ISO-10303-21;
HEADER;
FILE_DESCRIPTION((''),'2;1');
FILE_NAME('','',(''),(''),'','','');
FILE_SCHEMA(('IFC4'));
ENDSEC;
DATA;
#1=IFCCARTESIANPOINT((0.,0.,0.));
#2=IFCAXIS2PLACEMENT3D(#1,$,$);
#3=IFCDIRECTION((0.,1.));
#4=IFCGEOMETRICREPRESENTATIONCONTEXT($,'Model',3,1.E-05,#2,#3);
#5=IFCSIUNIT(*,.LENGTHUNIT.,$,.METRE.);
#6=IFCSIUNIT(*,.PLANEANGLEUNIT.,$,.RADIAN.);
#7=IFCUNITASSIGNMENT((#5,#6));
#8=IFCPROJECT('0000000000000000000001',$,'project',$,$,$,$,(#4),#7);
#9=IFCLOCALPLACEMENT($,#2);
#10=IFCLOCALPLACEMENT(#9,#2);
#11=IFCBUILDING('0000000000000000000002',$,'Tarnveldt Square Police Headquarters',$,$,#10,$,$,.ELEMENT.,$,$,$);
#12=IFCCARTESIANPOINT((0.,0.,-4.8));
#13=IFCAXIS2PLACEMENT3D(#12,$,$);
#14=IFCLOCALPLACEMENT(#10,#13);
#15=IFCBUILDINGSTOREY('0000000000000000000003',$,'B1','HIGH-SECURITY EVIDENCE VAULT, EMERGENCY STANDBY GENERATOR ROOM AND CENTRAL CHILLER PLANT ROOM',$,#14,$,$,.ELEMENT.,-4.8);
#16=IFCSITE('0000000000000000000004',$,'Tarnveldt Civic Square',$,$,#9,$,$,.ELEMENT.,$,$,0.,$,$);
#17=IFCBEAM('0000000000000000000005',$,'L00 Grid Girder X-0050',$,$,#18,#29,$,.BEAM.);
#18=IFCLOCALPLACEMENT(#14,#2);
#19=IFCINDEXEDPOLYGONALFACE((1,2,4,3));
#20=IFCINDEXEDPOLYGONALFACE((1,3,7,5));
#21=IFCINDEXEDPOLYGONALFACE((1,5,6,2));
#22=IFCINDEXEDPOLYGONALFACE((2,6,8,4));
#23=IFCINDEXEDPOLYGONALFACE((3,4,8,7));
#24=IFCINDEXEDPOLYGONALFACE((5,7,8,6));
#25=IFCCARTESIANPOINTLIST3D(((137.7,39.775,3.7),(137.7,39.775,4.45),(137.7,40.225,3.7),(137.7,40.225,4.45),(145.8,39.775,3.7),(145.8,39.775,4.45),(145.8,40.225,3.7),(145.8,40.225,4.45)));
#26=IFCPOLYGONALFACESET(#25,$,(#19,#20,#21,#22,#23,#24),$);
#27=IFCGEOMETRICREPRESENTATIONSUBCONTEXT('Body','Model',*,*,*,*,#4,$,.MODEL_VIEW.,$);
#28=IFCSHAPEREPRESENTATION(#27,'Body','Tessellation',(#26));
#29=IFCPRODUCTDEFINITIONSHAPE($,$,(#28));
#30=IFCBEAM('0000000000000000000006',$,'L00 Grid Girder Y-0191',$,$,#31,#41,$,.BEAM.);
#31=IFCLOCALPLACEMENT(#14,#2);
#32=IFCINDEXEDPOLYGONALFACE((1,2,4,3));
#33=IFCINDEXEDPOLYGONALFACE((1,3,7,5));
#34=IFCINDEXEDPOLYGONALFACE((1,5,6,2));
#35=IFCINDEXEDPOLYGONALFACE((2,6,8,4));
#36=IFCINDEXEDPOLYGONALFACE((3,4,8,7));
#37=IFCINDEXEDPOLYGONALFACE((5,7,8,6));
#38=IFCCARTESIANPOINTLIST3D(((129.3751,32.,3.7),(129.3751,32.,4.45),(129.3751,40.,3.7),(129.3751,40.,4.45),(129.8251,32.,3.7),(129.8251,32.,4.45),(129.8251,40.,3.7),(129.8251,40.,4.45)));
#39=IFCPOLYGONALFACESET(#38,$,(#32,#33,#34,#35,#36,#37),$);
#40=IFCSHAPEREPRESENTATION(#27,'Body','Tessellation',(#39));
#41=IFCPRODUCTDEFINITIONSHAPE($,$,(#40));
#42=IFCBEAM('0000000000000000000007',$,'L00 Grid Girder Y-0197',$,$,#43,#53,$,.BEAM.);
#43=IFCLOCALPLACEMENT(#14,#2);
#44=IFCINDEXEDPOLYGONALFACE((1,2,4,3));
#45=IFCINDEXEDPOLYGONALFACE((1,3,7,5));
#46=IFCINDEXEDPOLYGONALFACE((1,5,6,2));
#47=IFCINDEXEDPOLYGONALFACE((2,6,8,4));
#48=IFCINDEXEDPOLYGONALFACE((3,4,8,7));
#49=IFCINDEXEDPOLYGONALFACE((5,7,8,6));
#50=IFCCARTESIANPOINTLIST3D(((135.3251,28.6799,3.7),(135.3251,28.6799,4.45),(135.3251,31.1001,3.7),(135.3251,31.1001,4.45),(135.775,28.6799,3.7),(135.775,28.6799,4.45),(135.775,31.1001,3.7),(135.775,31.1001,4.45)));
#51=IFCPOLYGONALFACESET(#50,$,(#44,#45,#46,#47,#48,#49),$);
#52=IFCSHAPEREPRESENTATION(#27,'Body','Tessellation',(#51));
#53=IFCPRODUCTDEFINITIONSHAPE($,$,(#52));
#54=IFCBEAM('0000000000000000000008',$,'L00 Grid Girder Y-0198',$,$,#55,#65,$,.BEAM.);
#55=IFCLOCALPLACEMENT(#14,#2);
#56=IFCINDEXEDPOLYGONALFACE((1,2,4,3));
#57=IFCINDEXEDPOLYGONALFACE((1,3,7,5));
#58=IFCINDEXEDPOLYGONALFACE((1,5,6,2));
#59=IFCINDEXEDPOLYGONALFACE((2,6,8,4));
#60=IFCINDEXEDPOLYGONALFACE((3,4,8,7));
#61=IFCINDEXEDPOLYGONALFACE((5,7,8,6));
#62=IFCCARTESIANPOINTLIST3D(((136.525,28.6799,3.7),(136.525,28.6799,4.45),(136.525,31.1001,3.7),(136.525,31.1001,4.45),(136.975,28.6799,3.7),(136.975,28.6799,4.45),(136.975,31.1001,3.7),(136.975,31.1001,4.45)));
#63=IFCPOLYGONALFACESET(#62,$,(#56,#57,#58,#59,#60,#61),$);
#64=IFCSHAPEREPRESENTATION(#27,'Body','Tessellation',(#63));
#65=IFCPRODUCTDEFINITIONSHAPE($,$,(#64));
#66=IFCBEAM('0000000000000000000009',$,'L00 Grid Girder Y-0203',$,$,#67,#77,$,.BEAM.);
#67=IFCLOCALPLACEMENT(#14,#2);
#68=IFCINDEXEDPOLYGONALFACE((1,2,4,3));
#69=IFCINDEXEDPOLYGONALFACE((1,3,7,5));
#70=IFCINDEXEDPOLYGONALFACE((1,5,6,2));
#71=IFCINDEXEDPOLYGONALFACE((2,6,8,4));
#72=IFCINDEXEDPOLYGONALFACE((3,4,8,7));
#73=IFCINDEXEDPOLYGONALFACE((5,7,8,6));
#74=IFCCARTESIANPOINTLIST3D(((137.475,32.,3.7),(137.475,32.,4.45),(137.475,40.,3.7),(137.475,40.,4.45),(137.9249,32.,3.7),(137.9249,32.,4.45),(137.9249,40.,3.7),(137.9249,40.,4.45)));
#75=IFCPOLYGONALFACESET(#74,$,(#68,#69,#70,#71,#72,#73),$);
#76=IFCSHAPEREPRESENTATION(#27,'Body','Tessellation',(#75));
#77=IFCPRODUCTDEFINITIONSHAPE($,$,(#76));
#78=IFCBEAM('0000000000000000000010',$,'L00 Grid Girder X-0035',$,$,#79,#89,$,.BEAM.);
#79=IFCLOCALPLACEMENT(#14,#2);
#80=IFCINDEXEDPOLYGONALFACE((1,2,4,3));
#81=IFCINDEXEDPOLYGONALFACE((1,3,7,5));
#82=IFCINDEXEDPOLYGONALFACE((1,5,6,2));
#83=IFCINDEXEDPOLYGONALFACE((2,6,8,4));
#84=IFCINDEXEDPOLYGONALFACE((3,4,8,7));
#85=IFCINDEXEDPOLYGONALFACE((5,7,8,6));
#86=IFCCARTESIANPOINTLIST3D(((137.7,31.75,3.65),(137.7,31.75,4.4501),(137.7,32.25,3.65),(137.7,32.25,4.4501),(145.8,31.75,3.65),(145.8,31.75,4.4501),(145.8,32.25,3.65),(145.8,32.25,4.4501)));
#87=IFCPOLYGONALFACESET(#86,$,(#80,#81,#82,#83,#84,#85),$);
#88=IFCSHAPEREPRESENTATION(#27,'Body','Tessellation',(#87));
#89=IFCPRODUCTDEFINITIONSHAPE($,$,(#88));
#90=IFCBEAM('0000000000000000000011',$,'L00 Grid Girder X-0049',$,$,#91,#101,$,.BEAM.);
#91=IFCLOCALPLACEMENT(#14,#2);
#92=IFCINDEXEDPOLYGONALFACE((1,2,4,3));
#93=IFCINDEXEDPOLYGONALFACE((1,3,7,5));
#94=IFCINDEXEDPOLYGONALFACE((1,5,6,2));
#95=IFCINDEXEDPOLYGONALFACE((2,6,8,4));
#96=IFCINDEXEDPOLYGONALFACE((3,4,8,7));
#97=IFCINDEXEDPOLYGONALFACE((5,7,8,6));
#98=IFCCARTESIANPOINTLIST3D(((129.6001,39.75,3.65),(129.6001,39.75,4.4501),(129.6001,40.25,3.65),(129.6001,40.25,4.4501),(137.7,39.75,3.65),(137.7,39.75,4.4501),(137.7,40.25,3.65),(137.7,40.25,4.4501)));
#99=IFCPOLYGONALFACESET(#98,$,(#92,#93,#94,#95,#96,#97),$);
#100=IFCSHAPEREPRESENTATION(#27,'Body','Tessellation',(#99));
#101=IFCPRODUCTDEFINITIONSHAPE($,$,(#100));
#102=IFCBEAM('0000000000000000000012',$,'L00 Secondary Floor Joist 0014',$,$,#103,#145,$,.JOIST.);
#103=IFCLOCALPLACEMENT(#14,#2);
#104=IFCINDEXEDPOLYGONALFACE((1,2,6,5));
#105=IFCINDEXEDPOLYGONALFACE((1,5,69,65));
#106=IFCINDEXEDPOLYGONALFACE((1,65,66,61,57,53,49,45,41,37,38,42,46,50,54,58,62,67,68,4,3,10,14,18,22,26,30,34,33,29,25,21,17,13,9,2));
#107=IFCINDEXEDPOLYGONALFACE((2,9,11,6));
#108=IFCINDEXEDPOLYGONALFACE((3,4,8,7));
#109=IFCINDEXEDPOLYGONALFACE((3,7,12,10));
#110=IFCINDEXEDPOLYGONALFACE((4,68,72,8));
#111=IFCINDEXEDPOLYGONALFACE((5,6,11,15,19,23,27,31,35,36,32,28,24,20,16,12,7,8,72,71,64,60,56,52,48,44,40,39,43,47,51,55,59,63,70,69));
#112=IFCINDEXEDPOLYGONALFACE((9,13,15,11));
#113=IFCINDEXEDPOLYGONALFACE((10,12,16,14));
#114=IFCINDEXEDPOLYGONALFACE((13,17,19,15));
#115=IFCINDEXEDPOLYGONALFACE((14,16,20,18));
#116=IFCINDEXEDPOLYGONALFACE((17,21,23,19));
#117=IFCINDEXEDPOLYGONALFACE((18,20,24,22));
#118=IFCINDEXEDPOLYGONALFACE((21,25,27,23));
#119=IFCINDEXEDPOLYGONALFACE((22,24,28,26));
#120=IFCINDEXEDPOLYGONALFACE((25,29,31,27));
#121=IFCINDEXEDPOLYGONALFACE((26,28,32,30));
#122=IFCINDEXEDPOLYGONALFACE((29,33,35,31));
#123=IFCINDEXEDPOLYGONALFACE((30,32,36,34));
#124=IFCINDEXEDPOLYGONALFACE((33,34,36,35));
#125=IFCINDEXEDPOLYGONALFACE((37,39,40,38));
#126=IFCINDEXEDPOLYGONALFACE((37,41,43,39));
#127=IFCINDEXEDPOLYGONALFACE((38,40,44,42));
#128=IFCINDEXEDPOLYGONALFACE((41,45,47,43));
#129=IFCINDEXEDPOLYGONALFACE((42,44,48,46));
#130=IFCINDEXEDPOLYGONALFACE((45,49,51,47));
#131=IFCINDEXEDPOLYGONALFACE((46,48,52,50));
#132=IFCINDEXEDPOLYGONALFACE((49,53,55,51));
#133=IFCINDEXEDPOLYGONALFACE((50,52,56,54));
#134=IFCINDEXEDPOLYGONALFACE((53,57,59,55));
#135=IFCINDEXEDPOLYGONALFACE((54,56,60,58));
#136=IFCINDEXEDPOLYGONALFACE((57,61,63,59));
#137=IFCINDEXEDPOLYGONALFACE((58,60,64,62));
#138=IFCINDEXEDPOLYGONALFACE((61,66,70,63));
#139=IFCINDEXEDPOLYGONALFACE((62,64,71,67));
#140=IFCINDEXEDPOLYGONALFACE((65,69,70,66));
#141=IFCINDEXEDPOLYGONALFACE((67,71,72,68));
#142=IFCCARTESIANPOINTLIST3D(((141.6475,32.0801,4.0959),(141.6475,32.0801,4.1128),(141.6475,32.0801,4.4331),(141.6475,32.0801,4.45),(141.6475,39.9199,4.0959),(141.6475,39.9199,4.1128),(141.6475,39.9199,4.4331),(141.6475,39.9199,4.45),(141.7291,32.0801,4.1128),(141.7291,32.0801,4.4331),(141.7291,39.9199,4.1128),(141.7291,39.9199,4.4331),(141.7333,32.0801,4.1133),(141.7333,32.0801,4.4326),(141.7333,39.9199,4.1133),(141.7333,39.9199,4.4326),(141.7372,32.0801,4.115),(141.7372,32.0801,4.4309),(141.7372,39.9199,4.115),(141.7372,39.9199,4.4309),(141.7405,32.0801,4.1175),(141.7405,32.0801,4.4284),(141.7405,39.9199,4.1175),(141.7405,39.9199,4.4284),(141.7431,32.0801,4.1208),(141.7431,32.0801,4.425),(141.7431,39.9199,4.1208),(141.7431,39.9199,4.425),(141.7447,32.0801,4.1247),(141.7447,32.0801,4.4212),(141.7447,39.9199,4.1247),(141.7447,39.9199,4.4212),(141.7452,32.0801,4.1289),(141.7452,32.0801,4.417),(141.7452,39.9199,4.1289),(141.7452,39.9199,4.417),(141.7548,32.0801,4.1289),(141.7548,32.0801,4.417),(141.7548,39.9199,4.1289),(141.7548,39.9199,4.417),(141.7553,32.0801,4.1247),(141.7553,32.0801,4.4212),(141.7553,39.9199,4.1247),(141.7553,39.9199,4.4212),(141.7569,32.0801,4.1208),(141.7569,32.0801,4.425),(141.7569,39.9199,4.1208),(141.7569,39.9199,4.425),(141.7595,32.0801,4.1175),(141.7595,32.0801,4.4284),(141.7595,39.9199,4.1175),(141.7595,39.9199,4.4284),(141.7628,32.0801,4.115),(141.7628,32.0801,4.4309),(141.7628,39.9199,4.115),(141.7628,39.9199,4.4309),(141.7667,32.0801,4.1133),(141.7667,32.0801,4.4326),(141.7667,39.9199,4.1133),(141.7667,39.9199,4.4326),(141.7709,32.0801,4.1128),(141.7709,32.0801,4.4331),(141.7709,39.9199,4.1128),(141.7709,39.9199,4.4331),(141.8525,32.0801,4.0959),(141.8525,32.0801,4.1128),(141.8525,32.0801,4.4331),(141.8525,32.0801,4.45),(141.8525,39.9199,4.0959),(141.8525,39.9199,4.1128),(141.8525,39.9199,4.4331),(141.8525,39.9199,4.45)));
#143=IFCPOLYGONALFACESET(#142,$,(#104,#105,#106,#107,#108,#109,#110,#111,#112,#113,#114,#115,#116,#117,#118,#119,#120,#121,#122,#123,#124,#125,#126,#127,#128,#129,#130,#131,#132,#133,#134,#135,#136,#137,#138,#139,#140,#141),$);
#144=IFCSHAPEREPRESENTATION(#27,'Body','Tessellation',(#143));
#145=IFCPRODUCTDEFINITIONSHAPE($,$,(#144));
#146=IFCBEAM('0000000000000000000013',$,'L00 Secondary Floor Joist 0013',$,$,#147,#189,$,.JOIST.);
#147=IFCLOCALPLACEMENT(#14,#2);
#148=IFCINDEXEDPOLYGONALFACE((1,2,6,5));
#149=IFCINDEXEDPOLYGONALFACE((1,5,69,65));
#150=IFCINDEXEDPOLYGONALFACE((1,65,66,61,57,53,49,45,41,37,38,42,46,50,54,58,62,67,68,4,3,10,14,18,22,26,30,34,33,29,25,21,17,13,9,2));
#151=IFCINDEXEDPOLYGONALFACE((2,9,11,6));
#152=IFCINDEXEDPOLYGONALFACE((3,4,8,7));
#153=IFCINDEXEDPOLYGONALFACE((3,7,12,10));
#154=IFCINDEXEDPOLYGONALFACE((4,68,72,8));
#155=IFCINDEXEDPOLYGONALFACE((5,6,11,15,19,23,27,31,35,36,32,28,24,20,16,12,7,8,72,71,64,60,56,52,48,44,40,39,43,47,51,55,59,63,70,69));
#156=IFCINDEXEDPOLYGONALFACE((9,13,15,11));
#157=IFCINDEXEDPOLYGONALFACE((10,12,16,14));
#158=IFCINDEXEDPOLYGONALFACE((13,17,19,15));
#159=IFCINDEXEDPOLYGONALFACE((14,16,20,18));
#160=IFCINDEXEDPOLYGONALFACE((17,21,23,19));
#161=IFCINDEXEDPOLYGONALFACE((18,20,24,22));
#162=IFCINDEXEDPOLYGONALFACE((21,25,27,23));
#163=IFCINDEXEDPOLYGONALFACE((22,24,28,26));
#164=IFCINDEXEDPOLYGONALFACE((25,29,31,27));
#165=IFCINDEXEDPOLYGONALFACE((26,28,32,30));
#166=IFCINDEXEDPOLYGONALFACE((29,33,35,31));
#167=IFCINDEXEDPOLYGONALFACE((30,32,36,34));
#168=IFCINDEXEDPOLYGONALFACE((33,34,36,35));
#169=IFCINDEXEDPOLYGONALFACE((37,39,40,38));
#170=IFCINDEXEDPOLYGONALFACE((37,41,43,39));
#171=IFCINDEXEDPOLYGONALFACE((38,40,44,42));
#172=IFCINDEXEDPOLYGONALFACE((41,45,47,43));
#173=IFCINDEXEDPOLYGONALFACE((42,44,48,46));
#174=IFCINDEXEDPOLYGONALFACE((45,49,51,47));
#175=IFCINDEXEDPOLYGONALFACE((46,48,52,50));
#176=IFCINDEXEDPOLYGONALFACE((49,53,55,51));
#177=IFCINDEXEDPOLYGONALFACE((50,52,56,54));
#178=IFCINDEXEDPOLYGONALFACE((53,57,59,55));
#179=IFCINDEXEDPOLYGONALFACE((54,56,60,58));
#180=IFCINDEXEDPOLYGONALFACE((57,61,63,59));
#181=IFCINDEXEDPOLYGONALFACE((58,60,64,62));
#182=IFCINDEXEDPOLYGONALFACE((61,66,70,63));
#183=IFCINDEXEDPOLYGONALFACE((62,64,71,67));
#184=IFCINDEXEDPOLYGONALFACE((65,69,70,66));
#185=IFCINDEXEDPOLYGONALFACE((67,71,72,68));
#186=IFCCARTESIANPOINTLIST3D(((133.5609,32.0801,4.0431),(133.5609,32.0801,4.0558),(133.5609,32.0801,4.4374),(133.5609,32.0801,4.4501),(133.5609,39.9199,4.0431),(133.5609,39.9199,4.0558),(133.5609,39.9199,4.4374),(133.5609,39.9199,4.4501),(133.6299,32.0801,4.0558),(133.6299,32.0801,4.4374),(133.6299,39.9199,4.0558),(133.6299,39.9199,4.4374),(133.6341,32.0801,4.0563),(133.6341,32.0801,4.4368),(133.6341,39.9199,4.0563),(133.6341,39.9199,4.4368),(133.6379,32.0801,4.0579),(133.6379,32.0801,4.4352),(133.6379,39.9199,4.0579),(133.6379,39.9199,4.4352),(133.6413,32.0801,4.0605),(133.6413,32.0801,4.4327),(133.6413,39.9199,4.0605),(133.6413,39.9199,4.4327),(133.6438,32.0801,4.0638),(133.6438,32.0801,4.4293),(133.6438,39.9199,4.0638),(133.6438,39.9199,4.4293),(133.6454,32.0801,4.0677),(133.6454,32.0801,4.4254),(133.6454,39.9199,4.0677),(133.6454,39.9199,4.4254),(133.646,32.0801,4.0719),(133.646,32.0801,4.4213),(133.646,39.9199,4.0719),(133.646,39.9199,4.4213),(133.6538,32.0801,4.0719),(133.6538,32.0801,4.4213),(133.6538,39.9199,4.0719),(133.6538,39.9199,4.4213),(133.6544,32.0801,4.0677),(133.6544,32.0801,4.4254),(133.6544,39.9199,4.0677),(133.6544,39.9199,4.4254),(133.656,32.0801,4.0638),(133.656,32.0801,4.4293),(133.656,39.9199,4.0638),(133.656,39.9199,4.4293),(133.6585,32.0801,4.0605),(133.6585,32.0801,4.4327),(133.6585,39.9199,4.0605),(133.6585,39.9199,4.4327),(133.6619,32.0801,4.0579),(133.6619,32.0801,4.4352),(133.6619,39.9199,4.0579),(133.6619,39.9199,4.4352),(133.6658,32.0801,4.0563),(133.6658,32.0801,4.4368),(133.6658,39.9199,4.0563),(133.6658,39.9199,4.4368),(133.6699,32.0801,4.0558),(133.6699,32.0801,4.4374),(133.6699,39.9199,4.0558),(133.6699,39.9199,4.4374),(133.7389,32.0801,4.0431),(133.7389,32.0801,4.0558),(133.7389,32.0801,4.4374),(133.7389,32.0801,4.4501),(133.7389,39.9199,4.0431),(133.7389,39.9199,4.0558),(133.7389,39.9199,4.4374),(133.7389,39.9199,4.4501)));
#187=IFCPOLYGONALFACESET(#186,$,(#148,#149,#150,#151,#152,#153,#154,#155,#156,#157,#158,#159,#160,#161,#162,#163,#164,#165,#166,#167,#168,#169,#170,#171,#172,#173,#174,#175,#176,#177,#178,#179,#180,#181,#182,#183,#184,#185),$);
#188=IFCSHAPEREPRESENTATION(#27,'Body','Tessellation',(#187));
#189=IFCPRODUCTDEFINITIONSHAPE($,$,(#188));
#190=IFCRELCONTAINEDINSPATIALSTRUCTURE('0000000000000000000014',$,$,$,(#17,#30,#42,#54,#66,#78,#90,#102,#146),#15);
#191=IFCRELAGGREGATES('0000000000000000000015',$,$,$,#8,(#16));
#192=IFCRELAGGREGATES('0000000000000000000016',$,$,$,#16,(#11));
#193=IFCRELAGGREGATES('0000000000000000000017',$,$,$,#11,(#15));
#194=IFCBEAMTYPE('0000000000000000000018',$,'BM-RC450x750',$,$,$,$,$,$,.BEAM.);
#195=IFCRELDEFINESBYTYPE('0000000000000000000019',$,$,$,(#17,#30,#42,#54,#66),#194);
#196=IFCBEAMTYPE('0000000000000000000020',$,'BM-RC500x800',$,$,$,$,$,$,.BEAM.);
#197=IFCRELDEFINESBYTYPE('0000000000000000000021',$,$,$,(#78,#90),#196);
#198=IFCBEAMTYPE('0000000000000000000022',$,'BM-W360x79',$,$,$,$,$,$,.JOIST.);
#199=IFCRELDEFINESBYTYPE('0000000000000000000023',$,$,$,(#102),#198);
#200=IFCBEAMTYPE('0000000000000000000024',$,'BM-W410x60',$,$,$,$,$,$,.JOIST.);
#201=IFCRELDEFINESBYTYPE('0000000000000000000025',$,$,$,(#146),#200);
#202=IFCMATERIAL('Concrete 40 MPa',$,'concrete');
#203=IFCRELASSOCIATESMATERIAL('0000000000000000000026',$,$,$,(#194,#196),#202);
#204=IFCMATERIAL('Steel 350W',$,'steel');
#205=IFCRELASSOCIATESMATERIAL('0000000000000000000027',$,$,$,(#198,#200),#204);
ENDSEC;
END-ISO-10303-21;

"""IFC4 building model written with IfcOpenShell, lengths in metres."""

from ifc_helpers import new_model, si_unit, direction, frame, origin, origin_2d, place, context, subcontext, project, spatial, rectangle, i_section, extrude, material, material_profile, profile_set, type_object, element, save


model = new_model("IFC4")

# Units and contexts
model_context = context("Model", 3, precision=1e-05, world=origin(), true_north=direction((0.0, 1.0)))
body_context = subcontext(model_context, "Body", "Model", "MODEL_VIEW")
ifc_project = project(units=[si_unit("LENGTHUNIT", "METRE"), si_unit("PLANEANGLEUNIT", "RADIAN")], contexts=[model_context])

# Site, building, storey
site_placement = place(None, origin())
site = spatial("IfcSite", under=ifc_project, at=site_placement, Name="Tarnveldt Civic Square", CompositionType="ELEMENT", RefElevation=0.0)
building_placement = place(site_placement, origin())
building = spatial("IfcBuilding", under=site, at=building_placement, Name="Tarnveldt Square Police Headquarters", CompositionType="ELEMENT")
storey_placement = place(building_placement, frame((0.0, 0.0, -4.8)))
storey = spatial("IfcBuildingStorey", under=building, at=storey_placement, Name="B1", Description="HIGH-SECURITY EVIDENCE VAULT, EMERGENCY STANDBY GENERATOR ROOM AND CENTRAL CHILLER PLANT ROOM", CompositionType="ELEMENT", Elevation=-4.8)

# Shared definitions
ifc_material_1 = material(Name="Concrete 40 MPa", Category="concrete")

# Beams
ifc_material_profile_1 = material_profile(ifc_material_1, rectangle(XDim=0.45, YDim=0.75, at=origin_2d()), Name="RC-B450x750")
ifc_profile_set_1 = profile_set([ifc_material_profile_1], Name="Concrete 40 MPa")
beam_type_1 = type_object("IfcBeamType", Name="BM-RC450x750", PredefinedType="BEAM", material=ifc_profile_set_1)
beam_1_placement = place(storey_placement, frame((137.7, 40.0, 4.075), z_axis=(1.0, 0.0, 0.0), x_axis=(0.0, 1.0, 0.0)))
element("IfcBeam", 1, at=beam_1_placement, inside=storey, type_object=beam_type_1, Name="L00 Grid Girder X-0050", PredefinedType="BEAM", context=body_context, shape_type="SweptSolid", body=[
    extrude(rectangle(XDim=0.45, YDim=0.75, at=origin_2d()), origin(), (0.0, 0.0, 1.0), 8.1001),
])
beam_2_placement = place(storey_placement, frame((129.6001, 32.0, 4.075), z_axis=(0.0, 1.0, 0.0), x_axis=(-1.0, 0.0, 0.0)))
element("IfcBeam", 2, at=beam_2_placement, inside=storey, type_object=beam_type_1, Name="L00 Grid Girder Y-0191", PredefinedType="BEAM", context=body_context, shape_type="SweptSolid", body=[
    extrude(rectangle(XDim=0.45, YDim=0.75, at=origin_2d()), origin(), (0.0, 0.0, 1.0), 8.0),
])
for number, where, z_axis, x_axis, name in (
    (3, (135.55, 28.6799, 4.075), (0.0, 1.0, 0.0), (-1.0, 0.0, 0.0), "L00 Grid Girder Y-0197"),
    (4, (136.75, 28.6799, 4.075), (0.0, 1.0, 0.0), (-1.0, 0.0, 0.0), "L00 Grid Girder Y-0198"),
):
    element("IfcBeam", number, at=place(storey_placement, frame(where, z_axis=z_axis, x_axis=x_axis)), inside=storey, type_object=beam_type_1, Name=name, PredefinedType="BEAM", context=body_context, shape_type="SweptSolid", body=[
        extrude(rectangle(XDim=0.45, YDim=0.75, at=origin_2d()), origin(), (0.0, 0.0, 1.0), 2.4202),
    ])
beam_3_placement = place(storey_placement, frame((137.7, 32.0, 4.075), z_axis=(0.0, 1.0, 0.0), x_axis=(-1.0, 0.0, 0.0)))
element("IfcBeam", 5, at=beam_3_placement, inside=storey, type_object=beam_type_1, Name="L00 Grid Girder Y-0203", PredefinedType="BEAM", context=body_context, shape_type="SweptSolid", body=[
    extrude(rectangle(XDim=0.45, YDim=0.75, at=origin_2d()), origin(), (0.0, 0.0, 1.0), 8.0),
])
ifc_material_profile_2 = material_profile(ifc_material_1, rectangle(XDim=0.5, YDim=0.8, at=origin_2d()), Name="RC-B500x800")
ifc_profile_set_2 = profile_set([ifc_material_profile_2], Name="Concrete 40 MPa")
beam_type_2 = type_object("IfcBeamType", Name="BM-RC500x800", PredefinedType="BEAM", material=ifc_profile_set_2)
beam_4_placement = place(storey_placement, frame((137.7, 32.0, 4.05), z_axis=(1.0, 0.0, 0.0), x_axis=(0.0, 1.0, 0.0)))
element("IfcBeam", 6, at=beam_4_placement, inside=storey, type_object=beam_type_2, Name="L00 Grid Girder X-0035", PredefinedType="BEAM", context=body_context, shape_type="SweptSolid", body=[
    extrude(rectangle(XDim=0.5, YDim=0.8, at=origin_2d()), origin(), (0.0, 0.0, 1.0), 8.1001),
])
beam_5_placement = place(storey_placement, frame((129.6001, 40.0, 4.05), z_axis=(1.0, 0.0, 0.0), x_axis=(0.0, 1.0, 0.0)))
element("IfcBeam", 7, at=beam_5_placement, inside=storey, type_object=beam_type_2, Name="L00 Grid Girder X-0049", PredefinedType="BEAM", context=body_context, shape_type="SweptSolid", body=[
    extrude(rectangle(XDim=0.5, YDim=0.8, at=origin_2d()), origin(), (0.0, 0.0, 1.0), 8.0999),
])
ifc_material_2 = material(Name="Steel 350W", Category="steel")
ifc_material_profile_3 = material_profile(ifc_material_2, i_section(OverallWidth=0.2051, OverallDepth=0.354, WebThickness=0.0095, FlangeThickness=0.0168, FilletRadius=0.0161, at=origin_2d()), Name="W360x79")
ifc_profile_set_3 = profile_set([ifc_material_profile_3], Name="Steel 350W")
beam_type_3 = type_object("IfcBeamType", Name="BM-W360x79", PredefinedType="JOIST", material=ifc_profile_set_3)
beam_6_placement = place(storey_placement, frame((141.75, 32.0801, 4.2729), z_axis=(0.0, 1.0, 0.0), x_axis=(-1.0, 0.0, 0.0)))
element("IfcBeam", 8, at=beam_6_placement, inside=storey, type_object=beam_type_3, Name="L00 Secondary Floor Joist 0014", PredefinedType="JOIST", context=body_context, shape_type="SweptSolid", body=[
    extrude(i_section(OverallWidth=0.2051, OverallDepth=0.354, WebThickness=0.0095, FlangeThickness=0.0168, FilletRadius=0.0161, at=origin_2d()), origin(), (0.0, 0.0, 1.0), 7.8398),
])
ifc_material_profile_4 = material_profile(ifc_material_2, i_section(OverallWidth=0.178, OverallDepth=0.407, WebThickness=0.0078, FlangeThickness=0.0127, FilletRadius=0.0161, at=origin_2d()), Name="W410x60")
ifc_profile_set_4 = profile_set([ifc_material_profile_4], Name="Steel 350W")
beam_type_4 = type_object("IfcBeamType", Name="BM-W410x60", PredefinedType="JOIST", material=ifc_profile_set_4)
beam_7_placement = place(storey_placement, frame((133.6499, 32.0801, 4.2466), z_axis=(0.0, 1.0, 0.0), x_axis=(-1.0, 0.0, 0.0)))
element("IfcBeam", 9, at=beam_7_placement, inside=storey, type_object=beam_type_4, Name="L00 Secondary Floor Joist 0013", PredefinedType="JOIST", context=body_context, shape_type="SweptSolid", body=[
    extrude(i_section(OverallWidth=0.178, OverallDepth=0.407, WebThickness=0.0078, FlangeThickness=0.0127, FilletRadius=0.0161, at=origin_2d()), origin(), (0.0, 0.0, 1.0), 7.8398),
])

save(model, "model.ifc")
